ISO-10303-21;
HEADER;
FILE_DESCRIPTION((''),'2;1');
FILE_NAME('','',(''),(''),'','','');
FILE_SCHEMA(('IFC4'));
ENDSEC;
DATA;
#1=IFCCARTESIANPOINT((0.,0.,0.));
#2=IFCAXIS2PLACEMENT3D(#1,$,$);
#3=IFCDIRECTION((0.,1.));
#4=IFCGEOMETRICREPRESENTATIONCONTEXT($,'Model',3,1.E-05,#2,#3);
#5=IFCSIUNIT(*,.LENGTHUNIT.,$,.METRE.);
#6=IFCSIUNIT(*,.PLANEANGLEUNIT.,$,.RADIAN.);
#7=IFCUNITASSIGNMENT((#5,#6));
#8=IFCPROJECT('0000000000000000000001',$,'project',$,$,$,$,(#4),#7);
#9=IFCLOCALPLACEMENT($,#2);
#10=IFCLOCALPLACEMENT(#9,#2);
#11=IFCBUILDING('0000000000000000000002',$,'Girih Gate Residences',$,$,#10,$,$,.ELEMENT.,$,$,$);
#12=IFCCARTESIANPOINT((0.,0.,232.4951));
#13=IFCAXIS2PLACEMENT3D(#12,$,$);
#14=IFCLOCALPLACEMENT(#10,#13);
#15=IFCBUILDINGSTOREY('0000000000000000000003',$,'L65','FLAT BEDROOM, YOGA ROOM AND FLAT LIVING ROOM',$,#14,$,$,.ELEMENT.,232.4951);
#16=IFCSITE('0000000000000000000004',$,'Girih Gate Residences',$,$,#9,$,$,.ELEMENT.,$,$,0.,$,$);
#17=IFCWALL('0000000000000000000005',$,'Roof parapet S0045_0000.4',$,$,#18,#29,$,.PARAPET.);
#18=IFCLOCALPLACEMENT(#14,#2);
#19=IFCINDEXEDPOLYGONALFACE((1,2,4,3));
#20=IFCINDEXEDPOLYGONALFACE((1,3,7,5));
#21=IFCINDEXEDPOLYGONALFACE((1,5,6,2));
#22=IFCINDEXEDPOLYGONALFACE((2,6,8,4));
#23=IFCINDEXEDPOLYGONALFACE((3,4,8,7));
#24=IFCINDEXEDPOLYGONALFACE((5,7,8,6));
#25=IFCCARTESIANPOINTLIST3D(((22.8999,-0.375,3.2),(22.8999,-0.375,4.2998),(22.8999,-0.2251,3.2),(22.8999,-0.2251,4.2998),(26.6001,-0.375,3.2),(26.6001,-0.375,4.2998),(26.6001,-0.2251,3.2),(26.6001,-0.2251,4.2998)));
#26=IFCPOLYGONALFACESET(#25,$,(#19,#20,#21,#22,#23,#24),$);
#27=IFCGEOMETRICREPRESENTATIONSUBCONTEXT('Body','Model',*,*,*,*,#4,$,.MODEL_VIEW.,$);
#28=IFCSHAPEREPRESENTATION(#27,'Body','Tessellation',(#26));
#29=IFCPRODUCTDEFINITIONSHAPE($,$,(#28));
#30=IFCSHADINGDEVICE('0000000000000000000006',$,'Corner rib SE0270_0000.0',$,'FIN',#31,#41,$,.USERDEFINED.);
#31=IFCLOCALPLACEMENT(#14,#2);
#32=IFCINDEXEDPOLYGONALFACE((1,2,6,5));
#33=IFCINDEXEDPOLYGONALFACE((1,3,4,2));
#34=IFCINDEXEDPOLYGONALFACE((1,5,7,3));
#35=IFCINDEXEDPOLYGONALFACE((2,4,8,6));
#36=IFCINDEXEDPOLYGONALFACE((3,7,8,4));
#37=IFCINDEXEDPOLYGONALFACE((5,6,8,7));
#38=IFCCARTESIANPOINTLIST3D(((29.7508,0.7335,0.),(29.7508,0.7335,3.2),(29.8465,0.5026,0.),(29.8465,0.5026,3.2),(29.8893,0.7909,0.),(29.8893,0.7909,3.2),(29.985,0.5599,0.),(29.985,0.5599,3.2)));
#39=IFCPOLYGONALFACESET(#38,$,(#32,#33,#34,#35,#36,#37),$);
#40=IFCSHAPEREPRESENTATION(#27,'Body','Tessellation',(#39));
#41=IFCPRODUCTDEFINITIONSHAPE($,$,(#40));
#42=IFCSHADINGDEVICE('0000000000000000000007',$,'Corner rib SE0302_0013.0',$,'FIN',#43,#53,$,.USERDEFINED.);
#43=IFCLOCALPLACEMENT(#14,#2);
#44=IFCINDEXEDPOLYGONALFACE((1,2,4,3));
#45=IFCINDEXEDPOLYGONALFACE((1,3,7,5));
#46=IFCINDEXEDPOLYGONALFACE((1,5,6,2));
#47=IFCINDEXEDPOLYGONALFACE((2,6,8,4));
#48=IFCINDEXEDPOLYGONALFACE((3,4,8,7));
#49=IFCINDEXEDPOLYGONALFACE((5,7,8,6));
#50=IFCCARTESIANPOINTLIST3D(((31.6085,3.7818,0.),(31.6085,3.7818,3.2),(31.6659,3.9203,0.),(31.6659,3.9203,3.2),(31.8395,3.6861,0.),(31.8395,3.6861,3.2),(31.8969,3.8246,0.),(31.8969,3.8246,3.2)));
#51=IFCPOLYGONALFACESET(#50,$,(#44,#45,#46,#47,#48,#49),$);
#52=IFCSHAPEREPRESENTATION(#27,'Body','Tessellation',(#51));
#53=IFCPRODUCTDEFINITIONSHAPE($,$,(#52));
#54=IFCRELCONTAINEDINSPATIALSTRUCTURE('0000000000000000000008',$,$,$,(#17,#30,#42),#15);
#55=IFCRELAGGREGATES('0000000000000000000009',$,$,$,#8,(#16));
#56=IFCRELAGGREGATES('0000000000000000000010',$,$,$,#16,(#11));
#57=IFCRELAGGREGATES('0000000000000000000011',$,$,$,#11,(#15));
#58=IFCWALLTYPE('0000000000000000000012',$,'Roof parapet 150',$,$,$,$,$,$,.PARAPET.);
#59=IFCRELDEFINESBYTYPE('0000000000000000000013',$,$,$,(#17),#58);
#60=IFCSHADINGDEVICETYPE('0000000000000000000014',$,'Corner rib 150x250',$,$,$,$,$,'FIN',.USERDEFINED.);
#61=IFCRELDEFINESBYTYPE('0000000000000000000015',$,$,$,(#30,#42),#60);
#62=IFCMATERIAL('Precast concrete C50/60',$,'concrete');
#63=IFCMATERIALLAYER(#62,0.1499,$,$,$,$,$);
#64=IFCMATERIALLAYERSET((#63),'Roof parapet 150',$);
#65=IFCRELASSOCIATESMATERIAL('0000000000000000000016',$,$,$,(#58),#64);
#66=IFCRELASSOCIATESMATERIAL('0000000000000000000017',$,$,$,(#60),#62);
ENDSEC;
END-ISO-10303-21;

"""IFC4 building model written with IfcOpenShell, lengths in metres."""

from ifc_helpers import new_model, si_unit, direction, frame, frame_2d, origin, origin_2d, place, context, subcontext, project, spatial, rectangle, extrude, material, layer, layer_set, type_object, element, save


model = new_model("IFC4")

# Units and contexts
model_context = context("Model", 3, precision=1e-05, world=origin(), true_north=direction((0.0, 1.0)))
body_context = subcontext(model_context, "Body", "Model", "MODEL_VIEW")
ifc_project = project(units=[si_unit("LENGTHUNIT", "METRE"), si_unit("PLANEANGLEUNIT", "RADIAN")], contexts=[model_context])

# Site, building, storey
site_placement = place(None, origin())
site = spatial("IfcSite", under=ifc_project, at=site_placement, Name="Girih Gate Residences", CompositionType="ELEMENT", RefElevation=0.0)
building_placement = place(site_placement, origin())
building = spatial("IfcBuilding", under=site, at=building_placement, Name="Girih Gate Residences", CompositionType="ELEMENT")
storey_placement = place(building_placement, frame((0.0, 0.0, 232.4951)))
storey = spatial("IfcBuildingStorey", under=building, at=storey_placement, Name="L65", Description="FLAT BEDROOM, YOGA ROOM AND FLAT LIVING ROOM", CompositionType="ELEMENT", Elevation=232.4951)

# Shared definitions
ifc_material_1 = material(Name="Precast concrete C50/60", Category="concrete")

# Wall
ifc_layer_1 = layer(ifc_material_1, 0.1499)
ifc_layer_set_1 = layer_set([ifc_layer_1], Name="Roof parapet 150")
wall_type_1 = type_object("IfcWallType", Name="Roof parapet 150", PredefinedType="PARAPET", material=ifc_layer_set_1)
wall_1_placement = place(storey_placement, frame((26.6001, -0.3, 3.2), z_axis=(0.0, 0.0, 1.0), x_axis=(-1.0, 0.0, 0.0)))
element("IfcWall", 1, at=wall_1_placement, inside=storey, type_object=wall_type_1, Name="Roof parapet S0045_0000.4", PredefinedType="PARAPET", context=body_context, shape_type="SweptSolid", body=[
    extrude(rectangle(XDim=3.7002, YDim=0.1499, at=frame_2d((1.8501, 0.0))), origin(), (0.0, 0.0, 1.0), 1.0999),
])

# Shading devices
shading_device_type = type_object("IfcShadingDeviceType", Name="Corner rib 150x250", ElementType="FIN", PredefinedType="USERDEFINED", material=ifc_material_1)
for number, where, z_axis, x_axis, name in (
    (2, (29.8679, 0.6467, 0.0), (0.0, 0.0, 1.0), (0.92388, 0.382683, 0.0), "Corner rib SE0270_0000.0"),
    (3, (31.7527, 3.8032, 0.0), (0.0, 0.0, 1.0), (0.382683, 0.92388, 0.0), "Corner rib SE0302_0013.0"),
):
    element("IfcShadingDevice", number, at=place(storey_placement, frame(where, z_axis=z_axis, x_axis=x_axis)), inside=storey, type_object=shading_device_type, Name=name, ObjectType="FIN", PredefinedType="USERDEFINED", context=body_context, shape_type="SweptSolid", body=[
        extrude(rectangle(XDim=0.1499, YDim=0.25, at=origin_2d()), origin(), (0.0, 0.0, 1.0), 3.2),
    ])

save(model, "model.ifc")
